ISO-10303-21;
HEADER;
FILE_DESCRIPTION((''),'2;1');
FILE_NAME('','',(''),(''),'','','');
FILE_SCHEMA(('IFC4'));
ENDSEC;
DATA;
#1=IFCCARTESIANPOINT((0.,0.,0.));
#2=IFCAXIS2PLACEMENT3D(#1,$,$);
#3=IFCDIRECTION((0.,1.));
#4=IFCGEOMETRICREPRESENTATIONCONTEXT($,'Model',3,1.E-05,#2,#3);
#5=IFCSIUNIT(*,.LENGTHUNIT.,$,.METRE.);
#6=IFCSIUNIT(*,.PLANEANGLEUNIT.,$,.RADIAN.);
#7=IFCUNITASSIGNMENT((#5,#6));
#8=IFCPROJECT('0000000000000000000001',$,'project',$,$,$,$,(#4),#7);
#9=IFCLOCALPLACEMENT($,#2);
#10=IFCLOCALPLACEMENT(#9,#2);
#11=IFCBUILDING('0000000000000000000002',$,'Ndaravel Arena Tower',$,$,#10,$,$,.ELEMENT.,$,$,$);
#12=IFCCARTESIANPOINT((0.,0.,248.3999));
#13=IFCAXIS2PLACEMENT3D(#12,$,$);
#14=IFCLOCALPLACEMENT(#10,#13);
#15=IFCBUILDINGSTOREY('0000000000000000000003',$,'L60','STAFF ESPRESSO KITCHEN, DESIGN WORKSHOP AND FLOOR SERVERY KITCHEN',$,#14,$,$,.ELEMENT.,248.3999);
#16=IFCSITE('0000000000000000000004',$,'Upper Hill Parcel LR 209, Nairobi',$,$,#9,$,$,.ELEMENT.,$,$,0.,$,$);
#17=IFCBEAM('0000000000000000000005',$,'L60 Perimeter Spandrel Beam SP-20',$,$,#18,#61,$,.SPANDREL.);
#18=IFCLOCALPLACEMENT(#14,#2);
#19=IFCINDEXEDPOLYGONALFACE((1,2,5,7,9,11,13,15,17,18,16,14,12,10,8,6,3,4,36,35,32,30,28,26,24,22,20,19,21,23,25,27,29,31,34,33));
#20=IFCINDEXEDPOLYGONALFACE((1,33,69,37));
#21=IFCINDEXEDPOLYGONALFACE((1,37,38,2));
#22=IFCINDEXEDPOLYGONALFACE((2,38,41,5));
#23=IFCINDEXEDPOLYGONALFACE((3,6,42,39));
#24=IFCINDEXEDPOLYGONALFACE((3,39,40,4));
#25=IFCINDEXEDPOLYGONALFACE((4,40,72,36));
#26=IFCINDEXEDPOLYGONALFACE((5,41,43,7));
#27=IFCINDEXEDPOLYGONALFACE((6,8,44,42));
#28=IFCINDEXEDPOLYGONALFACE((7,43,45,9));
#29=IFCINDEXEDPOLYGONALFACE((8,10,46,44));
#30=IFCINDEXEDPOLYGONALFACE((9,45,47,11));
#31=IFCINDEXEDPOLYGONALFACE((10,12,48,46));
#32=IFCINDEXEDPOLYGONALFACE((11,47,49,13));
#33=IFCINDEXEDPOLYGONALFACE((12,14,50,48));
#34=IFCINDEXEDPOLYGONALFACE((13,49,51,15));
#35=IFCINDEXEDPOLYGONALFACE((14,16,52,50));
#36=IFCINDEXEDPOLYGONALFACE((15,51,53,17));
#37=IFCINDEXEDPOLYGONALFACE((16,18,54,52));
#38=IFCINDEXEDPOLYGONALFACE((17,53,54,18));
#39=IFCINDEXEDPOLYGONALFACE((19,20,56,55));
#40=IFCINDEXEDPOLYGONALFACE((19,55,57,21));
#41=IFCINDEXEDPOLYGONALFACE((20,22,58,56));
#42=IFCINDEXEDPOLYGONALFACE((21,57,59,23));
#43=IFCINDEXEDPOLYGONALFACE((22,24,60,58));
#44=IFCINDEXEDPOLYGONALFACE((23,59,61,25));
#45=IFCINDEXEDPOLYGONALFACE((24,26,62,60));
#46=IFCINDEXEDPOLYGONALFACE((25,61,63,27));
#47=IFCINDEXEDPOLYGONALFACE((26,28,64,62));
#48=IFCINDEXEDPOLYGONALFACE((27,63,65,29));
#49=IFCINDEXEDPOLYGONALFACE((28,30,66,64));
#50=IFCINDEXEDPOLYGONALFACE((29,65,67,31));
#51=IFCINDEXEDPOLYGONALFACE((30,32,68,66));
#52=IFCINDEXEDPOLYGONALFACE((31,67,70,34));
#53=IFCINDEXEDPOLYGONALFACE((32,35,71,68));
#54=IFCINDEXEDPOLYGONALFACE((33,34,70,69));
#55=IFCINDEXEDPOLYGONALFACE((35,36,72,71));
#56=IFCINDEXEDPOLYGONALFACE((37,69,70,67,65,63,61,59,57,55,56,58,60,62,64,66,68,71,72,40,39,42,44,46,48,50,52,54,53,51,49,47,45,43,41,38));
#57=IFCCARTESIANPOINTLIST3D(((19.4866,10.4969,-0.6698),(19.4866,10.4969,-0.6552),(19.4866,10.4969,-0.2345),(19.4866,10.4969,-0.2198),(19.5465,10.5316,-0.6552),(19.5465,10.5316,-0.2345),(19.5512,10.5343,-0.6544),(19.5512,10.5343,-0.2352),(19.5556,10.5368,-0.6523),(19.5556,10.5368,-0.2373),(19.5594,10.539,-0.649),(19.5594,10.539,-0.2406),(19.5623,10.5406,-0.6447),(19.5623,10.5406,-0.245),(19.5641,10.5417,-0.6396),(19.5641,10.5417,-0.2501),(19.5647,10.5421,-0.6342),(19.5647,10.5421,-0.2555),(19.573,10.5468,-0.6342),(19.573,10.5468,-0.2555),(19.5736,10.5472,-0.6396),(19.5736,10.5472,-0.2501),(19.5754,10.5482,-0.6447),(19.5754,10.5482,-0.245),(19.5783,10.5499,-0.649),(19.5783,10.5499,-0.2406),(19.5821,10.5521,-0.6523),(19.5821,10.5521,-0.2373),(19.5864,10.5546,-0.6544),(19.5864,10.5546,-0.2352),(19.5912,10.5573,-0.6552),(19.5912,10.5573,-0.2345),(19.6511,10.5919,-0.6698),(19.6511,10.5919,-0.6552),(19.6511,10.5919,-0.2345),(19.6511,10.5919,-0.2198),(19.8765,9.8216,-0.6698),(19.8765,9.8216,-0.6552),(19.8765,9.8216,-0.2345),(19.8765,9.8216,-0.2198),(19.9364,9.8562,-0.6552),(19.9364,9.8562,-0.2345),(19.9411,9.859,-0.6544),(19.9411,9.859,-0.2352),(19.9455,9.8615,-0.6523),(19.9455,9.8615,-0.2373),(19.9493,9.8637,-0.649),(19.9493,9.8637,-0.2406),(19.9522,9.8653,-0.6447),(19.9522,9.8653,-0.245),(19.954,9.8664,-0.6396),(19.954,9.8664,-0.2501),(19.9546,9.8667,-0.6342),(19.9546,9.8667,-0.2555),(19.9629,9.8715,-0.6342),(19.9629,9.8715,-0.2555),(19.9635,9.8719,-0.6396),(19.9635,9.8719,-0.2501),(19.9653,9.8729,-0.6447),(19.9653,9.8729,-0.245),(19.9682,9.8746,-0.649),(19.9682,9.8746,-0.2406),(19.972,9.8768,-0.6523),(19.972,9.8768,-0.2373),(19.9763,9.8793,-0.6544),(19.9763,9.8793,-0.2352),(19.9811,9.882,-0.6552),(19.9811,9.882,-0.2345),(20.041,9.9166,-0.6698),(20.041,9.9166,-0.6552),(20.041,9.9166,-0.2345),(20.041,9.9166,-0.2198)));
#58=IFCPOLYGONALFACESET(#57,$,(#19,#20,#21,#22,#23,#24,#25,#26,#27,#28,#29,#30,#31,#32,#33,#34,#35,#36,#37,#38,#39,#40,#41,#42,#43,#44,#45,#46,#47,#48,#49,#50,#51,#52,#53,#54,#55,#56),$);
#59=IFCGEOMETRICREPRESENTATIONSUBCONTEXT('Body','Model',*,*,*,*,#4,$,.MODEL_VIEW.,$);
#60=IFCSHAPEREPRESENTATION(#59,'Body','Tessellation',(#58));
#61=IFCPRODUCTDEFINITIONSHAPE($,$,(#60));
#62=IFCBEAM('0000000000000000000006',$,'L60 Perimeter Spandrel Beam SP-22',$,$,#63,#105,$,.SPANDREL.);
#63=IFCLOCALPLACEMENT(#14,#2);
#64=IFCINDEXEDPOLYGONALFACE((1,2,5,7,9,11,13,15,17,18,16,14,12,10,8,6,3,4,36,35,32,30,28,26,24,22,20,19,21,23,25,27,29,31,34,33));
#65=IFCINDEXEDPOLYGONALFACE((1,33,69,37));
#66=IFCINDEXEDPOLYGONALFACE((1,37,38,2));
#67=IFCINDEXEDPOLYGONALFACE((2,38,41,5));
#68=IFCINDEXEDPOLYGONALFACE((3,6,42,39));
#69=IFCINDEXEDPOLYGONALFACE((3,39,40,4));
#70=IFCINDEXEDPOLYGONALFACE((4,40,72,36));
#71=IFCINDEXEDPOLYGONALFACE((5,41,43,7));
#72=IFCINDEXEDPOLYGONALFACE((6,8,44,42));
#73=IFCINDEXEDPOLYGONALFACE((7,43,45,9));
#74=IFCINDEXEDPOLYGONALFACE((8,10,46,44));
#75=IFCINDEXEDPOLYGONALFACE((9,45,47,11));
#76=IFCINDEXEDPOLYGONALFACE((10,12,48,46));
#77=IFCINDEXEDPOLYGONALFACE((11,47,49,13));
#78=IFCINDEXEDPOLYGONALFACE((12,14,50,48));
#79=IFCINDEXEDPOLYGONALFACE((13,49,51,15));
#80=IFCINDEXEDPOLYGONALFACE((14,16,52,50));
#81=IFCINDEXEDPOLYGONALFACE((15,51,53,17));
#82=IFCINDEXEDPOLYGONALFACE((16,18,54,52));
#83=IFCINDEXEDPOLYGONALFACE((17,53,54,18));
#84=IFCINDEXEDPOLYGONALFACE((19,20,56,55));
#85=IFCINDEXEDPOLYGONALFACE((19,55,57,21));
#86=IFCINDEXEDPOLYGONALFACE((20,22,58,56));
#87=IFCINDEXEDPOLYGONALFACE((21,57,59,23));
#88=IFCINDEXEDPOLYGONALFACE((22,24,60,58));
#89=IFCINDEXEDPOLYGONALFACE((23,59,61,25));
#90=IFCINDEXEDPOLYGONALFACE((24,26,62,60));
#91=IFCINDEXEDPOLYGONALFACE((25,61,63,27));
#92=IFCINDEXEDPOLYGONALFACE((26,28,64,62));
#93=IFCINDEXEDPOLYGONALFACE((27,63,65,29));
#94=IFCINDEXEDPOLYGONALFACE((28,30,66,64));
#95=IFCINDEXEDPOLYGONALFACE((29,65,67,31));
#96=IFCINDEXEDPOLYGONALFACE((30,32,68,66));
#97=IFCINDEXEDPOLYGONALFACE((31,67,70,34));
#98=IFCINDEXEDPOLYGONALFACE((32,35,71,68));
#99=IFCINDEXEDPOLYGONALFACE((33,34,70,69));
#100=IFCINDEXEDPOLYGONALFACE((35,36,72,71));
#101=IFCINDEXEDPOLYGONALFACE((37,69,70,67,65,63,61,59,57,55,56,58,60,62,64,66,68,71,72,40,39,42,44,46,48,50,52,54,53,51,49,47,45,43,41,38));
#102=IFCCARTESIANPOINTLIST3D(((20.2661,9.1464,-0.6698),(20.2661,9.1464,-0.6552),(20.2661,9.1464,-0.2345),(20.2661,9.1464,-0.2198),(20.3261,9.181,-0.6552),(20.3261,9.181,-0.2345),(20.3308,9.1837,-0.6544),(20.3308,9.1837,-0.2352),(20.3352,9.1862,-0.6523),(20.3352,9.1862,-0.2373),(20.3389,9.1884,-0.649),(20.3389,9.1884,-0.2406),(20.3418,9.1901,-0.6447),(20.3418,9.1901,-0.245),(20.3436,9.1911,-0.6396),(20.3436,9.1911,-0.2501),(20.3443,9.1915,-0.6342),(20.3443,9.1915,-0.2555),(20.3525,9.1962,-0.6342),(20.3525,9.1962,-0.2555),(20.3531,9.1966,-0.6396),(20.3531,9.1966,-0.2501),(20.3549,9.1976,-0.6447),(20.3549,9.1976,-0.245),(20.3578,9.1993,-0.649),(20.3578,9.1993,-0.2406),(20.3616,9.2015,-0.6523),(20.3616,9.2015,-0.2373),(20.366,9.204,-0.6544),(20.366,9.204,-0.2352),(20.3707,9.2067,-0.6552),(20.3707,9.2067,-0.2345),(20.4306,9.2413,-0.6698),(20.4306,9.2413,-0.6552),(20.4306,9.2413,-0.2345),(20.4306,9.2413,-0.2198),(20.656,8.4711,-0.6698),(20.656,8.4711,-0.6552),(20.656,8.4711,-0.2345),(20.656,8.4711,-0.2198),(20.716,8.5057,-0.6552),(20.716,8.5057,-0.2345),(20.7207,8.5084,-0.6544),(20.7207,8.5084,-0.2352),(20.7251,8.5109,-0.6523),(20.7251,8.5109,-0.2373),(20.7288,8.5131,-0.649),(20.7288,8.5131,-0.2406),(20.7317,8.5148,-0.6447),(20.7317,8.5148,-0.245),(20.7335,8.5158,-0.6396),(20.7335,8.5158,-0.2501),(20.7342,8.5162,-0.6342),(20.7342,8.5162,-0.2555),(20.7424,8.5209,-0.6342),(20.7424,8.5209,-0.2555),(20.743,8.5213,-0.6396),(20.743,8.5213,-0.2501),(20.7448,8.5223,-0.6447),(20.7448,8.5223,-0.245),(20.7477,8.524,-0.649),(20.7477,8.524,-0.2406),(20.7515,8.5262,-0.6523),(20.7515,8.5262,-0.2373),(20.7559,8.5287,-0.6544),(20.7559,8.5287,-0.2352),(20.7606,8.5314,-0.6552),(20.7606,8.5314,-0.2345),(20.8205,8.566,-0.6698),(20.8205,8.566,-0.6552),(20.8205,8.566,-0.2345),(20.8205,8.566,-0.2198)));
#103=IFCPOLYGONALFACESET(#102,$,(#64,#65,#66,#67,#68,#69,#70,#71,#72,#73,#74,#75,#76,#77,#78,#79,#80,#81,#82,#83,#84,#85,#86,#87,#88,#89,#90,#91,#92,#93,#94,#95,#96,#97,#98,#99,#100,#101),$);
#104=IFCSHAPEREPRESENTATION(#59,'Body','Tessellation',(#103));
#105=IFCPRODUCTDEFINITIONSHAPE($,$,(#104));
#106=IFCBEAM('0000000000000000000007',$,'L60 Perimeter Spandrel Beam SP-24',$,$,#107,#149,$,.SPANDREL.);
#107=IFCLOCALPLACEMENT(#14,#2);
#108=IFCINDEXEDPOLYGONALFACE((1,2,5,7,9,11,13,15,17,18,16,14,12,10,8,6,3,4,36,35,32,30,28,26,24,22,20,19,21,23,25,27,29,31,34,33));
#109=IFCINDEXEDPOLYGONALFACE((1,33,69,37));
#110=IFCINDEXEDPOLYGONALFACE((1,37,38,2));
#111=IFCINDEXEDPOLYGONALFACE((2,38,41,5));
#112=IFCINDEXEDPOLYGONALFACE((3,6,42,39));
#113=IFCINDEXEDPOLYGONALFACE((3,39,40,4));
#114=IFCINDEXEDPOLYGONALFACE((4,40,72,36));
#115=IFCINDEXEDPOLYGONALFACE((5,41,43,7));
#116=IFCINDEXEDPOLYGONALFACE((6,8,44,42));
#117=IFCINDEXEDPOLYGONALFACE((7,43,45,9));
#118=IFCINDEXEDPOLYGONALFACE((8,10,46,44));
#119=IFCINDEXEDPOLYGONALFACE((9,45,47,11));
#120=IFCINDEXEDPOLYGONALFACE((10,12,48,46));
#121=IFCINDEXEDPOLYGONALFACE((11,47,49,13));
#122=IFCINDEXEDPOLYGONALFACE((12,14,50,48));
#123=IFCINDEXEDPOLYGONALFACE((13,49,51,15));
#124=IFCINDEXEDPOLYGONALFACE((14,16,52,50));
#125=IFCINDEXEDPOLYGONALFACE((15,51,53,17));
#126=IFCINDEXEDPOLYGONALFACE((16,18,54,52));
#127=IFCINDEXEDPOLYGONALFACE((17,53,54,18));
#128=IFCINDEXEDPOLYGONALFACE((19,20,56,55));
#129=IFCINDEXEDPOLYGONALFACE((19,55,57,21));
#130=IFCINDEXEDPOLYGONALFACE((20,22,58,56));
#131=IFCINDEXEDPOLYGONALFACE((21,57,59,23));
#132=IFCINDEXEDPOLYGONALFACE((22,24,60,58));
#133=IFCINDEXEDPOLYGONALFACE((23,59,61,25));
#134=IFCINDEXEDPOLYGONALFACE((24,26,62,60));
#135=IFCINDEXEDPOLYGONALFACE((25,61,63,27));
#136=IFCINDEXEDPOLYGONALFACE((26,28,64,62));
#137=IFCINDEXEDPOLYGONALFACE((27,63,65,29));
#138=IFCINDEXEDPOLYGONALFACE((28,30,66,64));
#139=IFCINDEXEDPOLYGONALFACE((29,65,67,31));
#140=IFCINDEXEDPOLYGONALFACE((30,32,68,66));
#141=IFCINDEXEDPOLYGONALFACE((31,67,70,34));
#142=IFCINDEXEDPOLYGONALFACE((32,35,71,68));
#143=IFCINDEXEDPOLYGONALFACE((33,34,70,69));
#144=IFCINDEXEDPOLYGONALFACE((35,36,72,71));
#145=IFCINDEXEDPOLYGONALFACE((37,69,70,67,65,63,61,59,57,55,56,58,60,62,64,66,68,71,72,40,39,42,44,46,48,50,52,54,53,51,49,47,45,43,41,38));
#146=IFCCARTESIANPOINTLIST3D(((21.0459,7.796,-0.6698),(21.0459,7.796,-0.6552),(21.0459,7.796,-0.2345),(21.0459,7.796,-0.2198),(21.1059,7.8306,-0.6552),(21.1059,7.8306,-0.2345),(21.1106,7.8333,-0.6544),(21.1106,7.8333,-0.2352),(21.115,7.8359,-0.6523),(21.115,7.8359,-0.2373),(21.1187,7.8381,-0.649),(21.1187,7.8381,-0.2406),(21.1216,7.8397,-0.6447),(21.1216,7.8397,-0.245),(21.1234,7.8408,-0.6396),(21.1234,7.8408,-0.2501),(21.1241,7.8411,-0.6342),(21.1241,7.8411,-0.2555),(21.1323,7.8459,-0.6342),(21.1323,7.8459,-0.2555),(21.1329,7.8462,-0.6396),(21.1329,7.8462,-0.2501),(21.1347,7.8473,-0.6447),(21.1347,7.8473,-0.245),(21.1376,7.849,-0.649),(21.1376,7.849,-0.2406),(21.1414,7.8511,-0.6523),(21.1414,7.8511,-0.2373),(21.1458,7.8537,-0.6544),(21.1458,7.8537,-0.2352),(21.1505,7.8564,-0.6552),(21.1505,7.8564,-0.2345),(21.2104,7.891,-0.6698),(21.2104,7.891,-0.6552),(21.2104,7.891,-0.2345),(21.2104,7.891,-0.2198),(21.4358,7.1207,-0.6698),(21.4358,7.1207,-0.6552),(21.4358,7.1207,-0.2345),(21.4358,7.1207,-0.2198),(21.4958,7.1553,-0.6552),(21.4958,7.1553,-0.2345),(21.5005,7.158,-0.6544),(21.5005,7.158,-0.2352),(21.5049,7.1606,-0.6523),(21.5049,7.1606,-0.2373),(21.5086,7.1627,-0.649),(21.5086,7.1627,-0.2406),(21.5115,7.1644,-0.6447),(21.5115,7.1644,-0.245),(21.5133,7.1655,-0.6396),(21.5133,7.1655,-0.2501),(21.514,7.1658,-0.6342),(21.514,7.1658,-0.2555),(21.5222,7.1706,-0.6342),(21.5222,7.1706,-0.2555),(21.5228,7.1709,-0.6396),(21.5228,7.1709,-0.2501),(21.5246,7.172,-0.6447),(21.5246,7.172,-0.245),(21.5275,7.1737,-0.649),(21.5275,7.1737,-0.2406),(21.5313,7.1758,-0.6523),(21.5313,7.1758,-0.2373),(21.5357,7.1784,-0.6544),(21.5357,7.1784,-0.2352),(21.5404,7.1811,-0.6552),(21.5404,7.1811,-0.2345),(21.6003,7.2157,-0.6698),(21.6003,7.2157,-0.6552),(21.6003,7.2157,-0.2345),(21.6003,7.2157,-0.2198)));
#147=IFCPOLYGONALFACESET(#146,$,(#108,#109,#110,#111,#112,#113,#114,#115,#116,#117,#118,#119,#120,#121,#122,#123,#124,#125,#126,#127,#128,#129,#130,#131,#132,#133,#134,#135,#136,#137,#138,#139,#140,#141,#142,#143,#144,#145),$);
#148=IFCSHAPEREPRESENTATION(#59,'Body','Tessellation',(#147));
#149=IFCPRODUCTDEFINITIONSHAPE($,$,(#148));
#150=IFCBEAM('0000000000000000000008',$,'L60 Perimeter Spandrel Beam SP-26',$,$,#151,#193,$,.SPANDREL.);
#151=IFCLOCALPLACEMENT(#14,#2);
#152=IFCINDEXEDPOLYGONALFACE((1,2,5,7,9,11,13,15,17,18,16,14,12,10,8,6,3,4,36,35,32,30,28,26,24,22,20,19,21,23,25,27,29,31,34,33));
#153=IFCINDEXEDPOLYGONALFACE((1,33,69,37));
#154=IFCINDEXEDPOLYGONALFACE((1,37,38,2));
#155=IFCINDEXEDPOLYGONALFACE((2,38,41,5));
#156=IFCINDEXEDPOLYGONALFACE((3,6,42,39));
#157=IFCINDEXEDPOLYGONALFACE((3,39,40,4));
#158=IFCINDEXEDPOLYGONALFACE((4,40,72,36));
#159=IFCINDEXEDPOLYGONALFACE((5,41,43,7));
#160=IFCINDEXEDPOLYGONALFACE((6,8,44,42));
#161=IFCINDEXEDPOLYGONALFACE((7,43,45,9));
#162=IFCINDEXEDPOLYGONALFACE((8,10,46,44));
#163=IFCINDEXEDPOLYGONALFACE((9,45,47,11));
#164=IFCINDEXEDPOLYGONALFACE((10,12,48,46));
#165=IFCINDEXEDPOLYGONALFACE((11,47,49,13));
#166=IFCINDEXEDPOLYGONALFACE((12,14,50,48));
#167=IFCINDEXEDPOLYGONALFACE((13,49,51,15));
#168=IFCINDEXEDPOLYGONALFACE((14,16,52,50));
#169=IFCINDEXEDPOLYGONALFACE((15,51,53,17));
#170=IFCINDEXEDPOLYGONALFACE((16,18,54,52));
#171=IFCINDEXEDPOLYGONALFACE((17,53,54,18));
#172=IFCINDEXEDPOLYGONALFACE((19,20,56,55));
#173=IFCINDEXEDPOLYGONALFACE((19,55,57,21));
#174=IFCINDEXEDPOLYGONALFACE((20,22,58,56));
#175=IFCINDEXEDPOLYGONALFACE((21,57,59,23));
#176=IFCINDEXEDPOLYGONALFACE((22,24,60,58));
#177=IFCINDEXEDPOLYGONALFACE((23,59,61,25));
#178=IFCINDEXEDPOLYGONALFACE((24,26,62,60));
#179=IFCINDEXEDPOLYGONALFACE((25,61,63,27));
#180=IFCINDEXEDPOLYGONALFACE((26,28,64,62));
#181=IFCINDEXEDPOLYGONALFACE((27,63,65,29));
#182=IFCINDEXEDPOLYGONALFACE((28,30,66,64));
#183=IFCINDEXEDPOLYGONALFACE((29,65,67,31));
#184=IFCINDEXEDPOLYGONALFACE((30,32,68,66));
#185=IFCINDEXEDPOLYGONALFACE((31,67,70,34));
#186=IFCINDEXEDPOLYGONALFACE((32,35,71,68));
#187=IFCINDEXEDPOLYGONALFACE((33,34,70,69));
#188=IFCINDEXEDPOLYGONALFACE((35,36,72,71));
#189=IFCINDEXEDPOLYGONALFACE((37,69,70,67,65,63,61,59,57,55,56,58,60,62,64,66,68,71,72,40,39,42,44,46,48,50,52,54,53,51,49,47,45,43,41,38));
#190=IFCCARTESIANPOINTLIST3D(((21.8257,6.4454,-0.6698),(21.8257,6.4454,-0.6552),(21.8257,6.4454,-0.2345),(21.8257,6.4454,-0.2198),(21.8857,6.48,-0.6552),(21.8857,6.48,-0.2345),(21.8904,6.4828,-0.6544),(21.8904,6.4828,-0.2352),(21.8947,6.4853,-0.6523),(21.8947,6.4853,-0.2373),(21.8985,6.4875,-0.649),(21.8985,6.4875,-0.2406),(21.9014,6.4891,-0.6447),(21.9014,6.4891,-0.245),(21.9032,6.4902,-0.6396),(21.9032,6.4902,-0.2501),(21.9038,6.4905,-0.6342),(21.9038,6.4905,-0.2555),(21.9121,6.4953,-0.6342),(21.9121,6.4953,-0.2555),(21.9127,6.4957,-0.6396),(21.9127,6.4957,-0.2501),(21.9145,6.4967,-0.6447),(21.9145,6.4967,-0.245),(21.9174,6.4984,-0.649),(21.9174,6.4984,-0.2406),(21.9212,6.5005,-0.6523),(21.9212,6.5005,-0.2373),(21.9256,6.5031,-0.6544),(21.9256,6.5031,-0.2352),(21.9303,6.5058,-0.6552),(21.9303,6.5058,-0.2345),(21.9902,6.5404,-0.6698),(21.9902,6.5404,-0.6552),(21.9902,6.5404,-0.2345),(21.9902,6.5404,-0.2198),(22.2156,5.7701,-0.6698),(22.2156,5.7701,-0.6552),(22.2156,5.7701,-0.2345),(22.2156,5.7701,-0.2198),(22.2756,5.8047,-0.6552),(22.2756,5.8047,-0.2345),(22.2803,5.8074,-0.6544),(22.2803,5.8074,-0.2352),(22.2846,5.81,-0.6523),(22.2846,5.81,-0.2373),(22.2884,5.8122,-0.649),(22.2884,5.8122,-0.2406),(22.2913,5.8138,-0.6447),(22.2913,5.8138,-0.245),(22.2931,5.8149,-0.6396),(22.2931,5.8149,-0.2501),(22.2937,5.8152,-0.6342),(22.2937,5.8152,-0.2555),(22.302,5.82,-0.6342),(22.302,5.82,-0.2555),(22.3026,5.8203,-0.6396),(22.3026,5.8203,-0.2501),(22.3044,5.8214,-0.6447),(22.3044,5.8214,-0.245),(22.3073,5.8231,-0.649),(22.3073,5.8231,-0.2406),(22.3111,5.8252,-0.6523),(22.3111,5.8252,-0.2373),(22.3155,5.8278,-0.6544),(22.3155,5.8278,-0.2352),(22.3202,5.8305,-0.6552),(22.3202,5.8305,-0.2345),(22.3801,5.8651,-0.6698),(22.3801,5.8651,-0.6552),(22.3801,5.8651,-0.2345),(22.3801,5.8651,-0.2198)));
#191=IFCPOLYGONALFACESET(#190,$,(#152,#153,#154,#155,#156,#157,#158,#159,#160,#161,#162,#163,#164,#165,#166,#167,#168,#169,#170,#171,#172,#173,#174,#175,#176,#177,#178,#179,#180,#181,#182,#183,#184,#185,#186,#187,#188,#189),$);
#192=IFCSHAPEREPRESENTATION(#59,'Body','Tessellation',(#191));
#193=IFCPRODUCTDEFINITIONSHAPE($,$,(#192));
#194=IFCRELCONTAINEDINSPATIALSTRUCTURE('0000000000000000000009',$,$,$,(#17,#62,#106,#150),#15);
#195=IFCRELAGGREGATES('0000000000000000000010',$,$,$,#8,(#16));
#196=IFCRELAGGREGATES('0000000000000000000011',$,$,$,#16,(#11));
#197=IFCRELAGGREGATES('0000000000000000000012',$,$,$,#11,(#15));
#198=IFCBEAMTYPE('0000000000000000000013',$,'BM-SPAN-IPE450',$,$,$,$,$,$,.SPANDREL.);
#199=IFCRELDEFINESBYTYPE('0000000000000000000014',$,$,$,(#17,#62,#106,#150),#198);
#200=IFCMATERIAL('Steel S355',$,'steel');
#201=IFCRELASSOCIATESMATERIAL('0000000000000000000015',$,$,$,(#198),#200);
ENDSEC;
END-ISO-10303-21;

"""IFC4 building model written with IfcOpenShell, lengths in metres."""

from ifc_helpers import new_model, si_unit, direction, frame, origin, origin_2d, place, context, subcontext, project, spatial, i_section, extrude, material, material_profile, profile_set, type_object, element, save


model = new_model("IFC4")

# Units and contexts
model_context = context("Model", 3, precision=1e-05, world=origin(), true_north=direction((0.0, 1.0)))
body_context = subcontext(model_context, "Body", "Model", "MODEL_VIEW")
ifc_project = project(units=[si_unit("LENGTHUNIT", "METRE"), si_unit("PLANEANGLEUNIT", "RADIAN")], contexts=[model_context])

# Site, building, storey
site_placement = place(None, origin())
site = spatial("IfcSite", under=ifc_project, at=site_placement, Name="Upper Hill Parcel LR 209, Nairobi", CompositionType="ELEMENT", RefElevation=0.0)
building_placement = place(site_placement, origin())
building = spatial("IfcBuilding", under=site, at=building_placement, Name="Ndaravel Arena Tower", CompositionType="ELEMENT")
storey_placement = place(building_placement, frame((0.0, 0.0, 248.3999)))
storey = spatial("IfcBuildingStorey", under=building, at=storey_placement, Name="L60", Description="STAFF ESPRESSO KITCHEN, DESIGN WORKSHOP AND FLOOR SERVERY KITCHEN", CompositionType="ELEMENT", Elevation=248.3999)

# Beams
ifc_material_1 = material(Name="Steel S355", Category="steel")
ifc_material_profile_1 = material_profile(ifc_material_1, i_section(OverallWidth=0.1899, OverallDepth=0.45, WebThickness=0.0095, FlangeThickness=0.0146, FilletRadius=0.021, at=origin_2d()), Name="IPE 450")
ifc_profile_set_1 = profile_set([ifc_material_profile_1], Name="Steel S355")
beam_type = type_object("IfcBeamType", Name="BM-SPAN-IPE450", PredefinedType="SPANDREL", material=ifc_profile_set_1)
for number, where, z_axis, x_axis, name in (
    (1, (19.5688, 10.5444, -0.4448), (0.500012, -0.866019, 0.0), (0.866019, 0.500012, 0.0), "L60 Perimeter Spandrel Beam SP-20"),
    (2, (20.3484, 9.1938, -0.4448), (0.500012, -0.866019, 0.0), (0.866019, 0.500012, 0.0), "L60 Perimeter Spandrel Beam SP-22"),
    (3, (21.1282, 7.8435, -0.4448), (0.500012, -0.866019, 0.0), (0.866019, 0.500012, 0.0), "L60 Perimeter Spandrel Beam SP-24"),
    (4, (21.908, 6.4929, -0.4448), (0.500012, -0.866019, 0.0), (0.866019, 0.500012, 0.0), "L60 Perimeter Spandrel Beam SP-26"),
):
    element("IfcBeam", number, at=place(storey_placement, frame(where, z_axis=z_axis, x_axis=x_axis)), inside=storey, type_object=beam_type, Name=name, PredefinedType="SPANDREL", context=body_context, shape_type="SweptSolid", body=[
        extrude(i_section(OverallWidth=0.1899, OverallDepth=0.45, WebThickness=0.0095, FlangeThickness=0.0146, FilletRadius=0.021, at=origin_2d()), origin(), (0.0, 0.0, 1.0), 0.7798),
    ])

save(model, "model.ifc")
